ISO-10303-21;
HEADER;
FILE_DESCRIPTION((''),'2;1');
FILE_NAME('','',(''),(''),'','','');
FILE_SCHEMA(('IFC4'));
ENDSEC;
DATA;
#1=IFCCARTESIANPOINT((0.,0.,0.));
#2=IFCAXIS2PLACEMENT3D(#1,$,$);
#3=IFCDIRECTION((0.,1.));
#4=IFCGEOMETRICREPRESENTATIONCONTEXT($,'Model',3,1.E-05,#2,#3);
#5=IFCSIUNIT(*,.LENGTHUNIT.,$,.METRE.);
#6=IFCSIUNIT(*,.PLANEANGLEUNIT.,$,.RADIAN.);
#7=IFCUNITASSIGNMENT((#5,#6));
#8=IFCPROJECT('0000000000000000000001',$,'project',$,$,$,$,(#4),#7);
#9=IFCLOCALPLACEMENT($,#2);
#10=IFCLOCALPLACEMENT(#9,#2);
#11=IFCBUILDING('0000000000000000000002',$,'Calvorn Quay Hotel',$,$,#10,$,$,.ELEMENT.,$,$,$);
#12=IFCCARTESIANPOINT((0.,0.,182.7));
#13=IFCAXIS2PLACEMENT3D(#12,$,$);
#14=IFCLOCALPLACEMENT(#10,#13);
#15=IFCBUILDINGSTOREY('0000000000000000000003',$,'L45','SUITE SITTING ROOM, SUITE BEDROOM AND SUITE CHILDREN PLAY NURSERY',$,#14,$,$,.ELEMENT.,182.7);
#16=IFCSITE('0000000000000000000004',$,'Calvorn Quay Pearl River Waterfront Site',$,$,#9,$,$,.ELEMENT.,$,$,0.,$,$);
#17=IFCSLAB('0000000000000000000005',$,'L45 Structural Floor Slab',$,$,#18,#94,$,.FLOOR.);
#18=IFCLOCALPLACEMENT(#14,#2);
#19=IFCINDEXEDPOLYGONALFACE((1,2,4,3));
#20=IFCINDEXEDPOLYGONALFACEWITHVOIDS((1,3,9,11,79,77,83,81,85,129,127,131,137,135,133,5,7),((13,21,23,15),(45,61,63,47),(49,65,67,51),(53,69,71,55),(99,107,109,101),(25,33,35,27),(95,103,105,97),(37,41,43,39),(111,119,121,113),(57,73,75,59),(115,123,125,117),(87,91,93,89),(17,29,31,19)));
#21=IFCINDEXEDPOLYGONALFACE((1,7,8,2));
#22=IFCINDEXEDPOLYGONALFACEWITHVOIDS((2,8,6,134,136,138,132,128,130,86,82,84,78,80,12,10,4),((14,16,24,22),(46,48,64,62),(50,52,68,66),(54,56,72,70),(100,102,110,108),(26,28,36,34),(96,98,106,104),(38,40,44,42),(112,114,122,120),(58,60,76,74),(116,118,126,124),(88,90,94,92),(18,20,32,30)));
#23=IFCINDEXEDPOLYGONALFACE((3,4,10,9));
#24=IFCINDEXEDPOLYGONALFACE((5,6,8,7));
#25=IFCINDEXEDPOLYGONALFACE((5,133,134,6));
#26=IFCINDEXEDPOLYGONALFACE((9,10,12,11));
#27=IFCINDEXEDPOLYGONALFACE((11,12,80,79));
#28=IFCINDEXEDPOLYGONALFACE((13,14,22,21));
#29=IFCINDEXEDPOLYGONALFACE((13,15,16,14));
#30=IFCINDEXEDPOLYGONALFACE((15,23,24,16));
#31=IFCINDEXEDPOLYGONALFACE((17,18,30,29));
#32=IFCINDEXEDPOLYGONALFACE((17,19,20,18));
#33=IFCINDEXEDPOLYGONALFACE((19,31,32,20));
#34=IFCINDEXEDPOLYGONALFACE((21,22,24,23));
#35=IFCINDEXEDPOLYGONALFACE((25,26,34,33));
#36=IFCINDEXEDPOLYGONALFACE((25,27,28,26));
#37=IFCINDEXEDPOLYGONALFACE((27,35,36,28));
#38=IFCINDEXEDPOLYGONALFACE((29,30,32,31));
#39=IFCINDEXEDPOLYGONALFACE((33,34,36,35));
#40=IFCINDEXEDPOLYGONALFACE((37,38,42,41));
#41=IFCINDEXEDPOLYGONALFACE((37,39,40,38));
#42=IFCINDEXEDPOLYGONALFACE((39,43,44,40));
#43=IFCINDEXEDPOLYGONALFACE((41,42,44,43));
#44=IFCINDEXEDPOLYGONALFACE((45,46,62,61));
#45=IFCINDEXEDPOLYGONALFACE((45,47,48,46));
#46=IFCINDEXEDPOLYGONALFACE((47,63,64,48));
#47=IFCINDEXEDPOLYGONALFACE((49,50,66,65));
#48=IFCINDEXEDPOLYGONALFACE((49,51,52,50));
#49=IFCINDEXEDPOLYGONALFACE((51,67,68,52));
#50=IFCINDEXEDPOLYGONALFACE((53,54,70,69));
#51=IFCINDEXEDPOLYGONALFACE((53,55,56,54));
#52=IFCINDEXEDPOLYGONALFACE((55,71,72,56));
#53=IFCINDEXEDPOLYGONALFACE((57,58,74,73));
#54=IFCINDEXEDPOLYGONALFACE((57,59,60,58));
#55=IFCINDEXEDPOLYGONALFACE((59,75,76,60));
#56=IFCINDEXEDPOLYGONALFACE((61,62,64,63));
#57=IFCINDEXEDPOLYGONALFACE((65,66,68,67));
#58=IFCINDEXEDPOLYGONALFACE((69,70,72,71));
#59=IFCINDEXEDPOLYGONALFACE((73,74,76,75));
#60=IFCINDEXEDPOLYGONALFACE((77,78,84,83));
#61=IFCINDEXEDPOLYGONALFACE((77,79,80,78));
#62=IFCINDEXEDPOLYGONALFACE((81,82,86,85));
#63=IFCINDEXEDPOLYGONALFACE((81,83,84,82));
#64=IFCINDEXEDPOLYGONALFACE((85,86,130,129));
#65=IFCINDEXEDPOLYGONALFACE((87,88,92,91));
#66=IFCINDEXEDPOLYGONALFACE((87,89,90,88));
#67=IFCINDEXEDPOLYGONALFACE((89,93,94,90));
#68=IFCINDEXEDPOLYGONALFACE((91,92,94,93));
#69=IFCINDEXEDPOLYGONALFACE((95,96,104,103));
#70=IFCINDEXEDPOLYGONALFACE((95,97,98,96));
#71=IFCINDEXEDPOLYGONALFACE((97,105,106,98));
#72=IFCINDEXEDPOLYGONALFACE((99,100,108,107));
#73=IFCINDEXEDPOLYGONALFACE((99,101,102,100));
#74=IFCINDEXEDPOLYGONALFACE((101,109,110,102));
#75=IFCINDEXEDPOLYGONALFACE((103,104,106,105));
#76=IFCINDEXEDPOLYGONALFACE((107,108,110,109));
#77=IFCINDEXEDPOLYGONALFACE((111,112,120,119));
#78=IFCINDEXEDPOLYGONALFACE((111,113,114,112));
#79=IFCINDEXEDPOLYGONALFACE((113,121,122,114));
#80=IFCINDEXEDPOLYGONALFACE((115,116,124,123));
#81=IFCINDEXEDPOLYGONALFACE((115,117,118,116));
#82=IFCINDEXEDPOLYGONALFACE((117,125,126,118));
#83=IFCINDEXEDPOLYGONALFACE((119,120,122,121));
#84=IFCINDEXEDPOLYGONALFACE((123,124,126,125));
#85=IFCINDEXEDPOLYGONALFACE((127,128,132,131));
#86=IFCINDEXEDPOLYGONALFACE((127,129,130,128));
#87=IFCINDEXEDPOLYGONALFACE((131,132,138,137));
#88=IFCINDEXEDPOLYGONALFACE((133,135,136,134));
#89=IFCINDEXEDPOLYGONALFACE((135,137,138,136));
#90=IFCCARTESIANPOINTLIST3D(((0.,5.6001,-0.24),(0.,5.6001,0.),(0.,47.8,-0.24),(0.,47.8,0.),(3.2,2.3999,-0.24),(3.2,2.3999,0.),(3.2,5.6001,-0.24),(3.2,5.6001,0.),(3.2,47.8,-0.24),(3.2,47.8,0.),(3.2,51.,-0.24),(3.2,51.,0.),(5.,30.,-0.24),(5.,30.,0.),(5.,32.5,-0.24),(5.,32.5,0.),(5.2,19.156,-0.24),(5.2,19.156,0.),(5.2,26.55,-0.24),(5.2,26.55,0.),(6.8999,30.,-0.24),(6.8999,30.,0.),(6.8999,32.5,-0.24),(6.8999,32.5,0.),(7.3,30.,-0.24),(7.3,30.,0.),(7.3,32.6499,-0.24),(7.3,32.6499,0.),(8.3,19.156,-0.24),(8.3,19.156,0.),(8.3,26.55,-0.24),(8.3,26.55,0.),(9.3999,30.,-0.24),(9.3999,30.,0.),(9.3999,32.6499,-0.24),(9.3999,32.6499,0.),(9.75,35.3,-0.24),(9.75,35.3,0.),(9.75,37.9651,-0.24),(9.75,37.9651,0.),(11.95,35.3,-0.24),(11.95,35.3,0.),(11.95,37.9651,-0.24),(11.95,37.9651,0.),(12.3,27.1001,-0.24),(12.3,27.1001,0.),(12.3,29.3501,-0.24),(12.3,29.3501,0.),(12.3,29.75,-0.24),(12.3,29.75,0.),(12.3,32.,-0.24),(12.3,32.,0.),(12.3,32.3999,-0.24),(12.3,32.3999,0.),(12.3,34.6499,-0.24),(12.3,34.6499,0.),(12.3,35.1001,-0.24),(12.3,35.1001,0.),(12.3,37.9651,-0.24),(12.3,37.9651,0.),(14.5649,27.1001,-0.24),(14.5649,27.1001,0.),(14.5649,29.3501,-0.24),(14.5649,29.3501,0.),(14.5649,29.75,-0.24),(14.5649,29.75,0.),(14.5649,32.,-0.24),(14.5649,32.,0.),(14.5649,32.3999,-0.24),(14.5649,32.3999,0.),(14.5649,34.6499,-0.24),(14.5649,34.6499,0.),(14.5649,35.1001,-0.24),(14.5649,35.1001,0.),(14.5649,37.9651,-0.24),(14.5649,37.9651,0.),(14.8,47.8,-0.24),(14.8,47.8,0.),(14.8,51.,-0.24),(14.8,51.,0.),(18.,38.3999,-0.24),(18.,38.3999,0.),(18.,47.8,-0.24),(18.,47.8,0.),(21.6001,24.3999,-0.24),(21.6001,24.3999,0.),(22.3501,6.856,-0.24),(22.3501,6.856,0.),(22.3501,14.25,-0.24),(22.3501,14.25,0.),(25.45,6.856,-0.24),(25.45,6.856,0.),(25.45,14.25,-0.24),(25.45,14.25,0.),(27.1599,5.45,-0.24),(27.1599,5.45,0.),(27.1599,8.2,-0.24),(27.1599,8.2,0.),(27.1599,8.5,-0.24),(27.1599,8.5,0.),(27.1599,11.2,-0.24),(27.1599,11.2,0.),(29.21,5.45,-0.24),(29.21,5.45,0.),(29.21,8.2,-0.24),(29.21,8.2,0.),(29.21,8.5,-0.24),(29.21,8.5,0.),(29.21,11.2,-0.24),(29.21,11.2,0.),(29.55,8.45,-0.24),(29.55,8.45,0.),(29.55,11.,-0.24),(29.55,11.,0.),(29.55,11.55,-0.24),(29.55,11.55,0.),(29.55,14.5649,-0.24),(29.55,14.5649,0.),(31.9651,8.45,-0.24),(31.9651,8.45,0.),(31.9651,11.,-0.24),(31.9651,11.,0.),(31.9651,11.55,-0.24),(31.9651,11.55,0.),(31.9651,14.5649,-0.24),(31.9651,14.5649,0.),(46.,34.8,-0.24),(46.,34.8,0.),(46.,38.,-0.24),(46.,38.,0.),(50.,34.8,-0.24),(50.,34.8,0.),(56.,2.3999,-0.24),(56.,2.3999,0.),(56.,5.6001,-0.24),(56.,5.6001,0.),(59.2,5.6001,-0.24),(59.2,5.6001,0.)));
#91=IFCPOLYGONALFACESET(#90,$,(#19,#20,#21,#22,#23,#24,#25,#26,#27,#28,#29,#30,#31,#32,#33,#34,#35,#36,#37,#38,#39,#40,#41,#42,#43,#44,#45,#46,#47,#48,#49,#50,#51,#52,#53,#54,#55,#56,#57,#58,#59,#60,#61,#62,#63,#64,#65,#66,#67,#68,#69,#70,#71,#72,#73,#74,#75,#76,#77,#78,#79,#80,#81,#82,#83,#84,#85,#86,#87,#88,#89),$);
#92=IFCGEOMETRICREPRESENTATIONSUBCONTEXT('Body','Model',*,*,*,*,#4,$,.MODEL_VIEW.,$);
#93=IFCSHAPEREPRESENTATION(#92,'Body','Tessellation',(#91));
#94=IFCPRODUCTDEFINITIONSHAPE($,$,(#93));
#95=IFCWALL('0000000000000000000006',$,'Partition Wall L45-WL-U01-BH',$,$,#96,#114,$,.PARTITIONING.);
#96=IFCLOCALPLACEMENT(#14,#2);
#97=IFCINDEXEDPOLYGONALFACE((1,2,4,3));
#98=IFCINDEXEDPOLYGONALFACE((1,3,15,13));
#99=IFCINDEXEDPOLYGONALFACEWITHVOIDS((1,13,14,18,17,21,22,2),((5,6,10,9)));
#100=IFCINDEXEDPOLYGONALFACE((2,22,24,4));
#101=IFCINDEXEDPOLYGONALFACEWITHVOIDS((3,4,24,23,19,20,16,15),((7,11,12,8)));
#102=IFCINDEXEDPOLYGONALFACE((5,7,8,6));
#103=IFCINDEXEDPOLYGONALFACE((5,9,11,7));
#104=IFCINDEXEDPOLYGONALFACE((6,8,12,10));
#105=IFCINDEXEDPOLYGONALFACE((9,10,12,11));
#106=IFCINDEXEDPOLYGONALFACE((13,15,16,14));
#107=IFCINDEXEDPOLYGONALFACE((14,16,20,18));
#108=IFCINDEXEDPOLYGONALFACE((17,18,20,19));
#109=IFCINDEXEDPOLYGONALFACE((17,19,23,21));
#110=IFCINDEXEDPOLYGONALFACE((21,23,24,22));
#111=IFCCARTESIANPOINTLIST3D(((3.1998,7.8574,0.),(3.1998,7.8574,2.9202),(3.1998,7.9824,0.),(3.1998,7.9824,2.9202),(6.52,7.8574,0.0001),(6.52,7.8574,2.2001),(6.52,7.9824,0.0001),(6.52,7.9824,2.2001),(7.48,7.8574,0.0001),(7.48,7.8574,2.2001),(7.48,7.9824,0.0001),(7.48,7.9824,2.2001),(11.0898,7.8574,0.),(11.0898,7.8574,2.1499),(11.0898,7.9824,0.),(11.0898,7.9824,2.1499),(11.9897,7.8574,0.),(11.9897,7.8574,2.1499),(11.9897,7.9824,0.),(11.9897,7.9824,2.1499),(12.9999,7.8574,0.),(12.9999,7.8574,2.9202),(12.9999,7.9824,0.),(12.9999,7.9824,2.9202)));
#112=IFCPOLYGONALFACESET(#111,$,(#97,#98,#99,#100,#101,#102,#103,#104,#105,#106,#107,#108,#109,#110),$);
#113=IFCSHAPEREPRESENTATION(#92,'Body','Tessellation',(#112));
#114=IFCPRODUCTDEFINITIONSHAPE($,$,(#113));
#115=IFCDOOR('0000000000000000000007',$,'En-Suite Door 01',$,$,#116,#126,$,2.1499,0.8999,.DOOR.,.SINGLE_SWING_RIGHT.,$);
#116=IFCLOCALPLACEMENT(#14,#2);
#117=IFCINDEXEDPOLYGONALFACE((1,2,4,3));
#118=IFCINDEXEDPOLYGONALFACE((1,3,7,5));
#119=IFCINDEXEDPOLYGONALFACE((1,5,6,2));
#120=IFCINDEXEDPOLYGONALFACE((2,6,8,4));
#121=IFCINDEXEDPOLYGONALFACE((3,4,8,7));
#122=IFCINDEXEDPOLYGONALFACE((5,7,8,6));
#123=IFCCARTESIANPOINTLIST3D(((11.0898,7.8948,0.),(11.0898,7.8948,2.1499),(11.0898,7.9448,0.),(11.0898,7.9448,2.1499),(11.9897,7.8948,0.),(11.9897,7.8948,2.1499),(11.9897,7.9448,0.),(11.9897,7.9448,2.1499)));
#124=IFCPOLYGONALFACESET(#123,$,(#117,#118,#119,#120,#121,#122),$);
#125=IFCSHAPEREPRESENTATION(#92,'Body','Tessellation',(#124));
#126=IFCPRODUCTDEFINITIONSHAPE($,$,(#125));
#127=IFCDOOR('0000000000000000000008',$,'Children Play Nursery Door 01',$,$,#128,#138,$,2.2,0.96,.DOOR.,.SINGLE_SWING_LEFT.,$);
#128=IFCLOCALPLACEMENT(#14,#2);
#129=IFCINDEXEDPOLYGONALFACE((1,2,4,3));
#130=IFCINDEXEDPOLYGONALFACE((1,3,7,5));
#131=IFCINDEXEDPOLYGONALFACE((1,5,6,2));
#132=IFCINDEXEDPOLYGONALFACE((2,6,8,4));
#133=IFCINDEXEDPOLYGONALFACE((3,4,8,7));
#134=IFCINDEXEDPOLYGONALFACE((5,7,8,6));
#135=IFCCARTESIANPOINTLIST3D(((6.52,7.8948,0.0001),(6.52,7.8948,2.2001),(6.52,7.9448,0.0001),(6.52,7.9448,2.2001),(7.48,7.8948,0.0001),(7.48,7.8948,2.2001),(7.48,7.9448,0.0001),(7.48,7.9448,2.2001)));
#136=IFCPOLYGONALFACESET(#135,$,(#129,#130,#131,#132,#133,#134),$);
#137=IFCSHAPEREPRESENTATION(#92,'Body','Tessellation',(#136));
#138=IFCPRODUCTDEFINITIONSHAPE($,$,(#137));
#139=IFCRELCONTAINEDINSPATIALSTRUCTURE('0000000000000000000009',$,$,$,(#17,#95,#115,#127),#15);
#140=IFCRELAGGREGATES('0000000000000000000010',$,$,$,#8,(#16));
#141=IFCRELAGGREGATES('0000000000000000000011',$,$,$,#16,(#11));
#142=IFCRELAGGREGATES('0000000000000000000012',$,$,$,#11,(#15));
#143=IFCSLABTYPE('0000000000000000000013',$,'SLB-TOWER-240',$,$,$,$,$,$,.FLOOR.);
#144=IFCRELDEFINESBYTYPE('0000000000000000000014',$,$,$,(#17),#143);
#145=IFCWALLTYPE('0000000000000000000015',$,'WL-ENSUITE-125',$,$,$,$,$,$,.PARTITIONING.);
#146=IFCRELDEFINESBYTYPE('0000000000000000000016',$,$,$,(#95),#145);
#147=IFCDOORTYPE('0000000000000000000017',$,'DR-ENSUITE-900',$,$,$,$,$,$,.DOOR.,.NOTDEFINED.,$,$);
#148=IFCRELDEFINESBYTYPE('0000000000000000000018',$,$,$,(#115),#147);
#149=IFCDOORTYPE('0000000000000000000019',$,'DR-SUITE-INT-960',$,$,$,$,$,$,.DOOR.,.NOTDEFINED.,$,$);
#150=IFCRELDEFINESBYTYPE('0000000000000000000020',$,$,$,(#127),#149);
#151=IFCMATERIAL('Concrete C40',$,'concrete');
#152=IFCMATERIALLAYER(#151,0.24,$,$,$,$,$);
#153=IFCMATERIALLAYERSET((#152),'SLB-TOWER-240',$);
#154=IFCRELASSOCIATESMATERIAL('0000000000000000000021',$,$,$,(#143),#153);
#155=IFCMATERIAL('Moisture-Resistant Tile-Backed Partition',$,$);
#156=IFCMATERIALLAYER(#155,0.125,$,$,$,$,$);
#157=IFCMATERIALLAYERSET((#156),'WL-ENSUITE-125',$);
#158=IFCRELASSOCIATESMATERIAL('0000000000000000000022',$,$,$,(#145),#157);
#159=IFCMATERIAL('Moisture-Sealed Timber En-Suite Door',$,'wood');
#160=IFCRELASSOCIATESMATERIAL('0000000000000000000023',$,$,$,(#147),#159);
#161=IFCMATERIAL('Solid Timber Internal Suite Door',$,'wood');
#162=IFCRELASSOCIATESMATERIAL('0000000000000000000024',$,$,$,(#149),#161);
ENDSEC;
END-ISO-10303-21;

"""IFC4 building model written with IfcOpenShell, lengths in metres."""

from ifc_helpers import new_model, si_unit, direction, frame, frame_2d, origin, place, context, subcontext, project, spatial, polyline, rectangle, outline, extrude, material, layer, layer_set, type_object, element, fill, save


model = new_model("IFC4")

# Units and contexts
model_context = context("Model", 3, precision=1e-05, world=origin(), true_north=direction((0.0, 1.0)))
body_context = subcontext(model_context, "Body", "Model", "MODEL_VIEW")
ifc_project = project(units=[si_unit("LENGTHUNIT", "METRE"), si_unit("PLANEANGLEUNIT", "RADIAN")], contexts=[model_context])

# Site, building, storey
site_placement = place(None, origin())
site = spatial("IfcSite", under=ifc_project, at=site_placement, Name="Calvorn Quay Pearl River Waterfront Site", CompositionType="ELEMENT", RefElevation=0.0)
building_placement = place(site_placement, origin())
building = spatial("IfcBuilding", under=site, at=building_placement, Name="Calvorn Quay Hotel", CompositionType="ELEMENT")
storey_placement = place(building_placement, frame((0.0, 0.0, 182.7)))
storey = spatial("IfcBuildingStorey", under=building, at=storey_placement, Name="L45", Description="SUITE SITTING ROOM, SUITE BEDROOM AND SUITE CHILDREN PLAY NURSERY", CompositionType="ELEMENT", Elevation=182.7)

# Slab
ifc_material_1 = material(Name="Concrete C40", Category="concrete")
ifc_layer_1 = layer(ifc_material_1, 0.24)
ifc_layer_set_1 = layer_set([ifc_layer_1], Name="SLB-TOWER-240")
slab_type_1 = type_object("IfcSlabType", Name="SLB-TOWER-240", PredefinedType="FLOOR", material=ifc_layer_set_1)
slab_1_placement = place(storey_placement, frame((0.0, 0.0, -0.24)))
element("IfcSlab", 1, at=slab_1_placement, inside=storey, type_object=slab_type_1, Name="L45 Structural Floor Slab", PredefinedType="FLOOR", context=body_context, shape_type="SweptSolid", body=[
    extrude(outline(polyline([(0.0, 5.6001), (3.2, 5.6001), (3.2, 2.3999), (56.0, 2.3999), (56.0, 5.6001), (59.2, 5.6001), (50.0, 34.8), (46.0, 34.8), (46.0, 38.0), (21.6001, 24.3999), (18.0, 38.3999), (18.0, 47.8), (14.8, 47.8), (14.8, 51.0), (3.2, 51.0), (3.2, 47.8), (0.0, 47.8), (0.0, 5.6001)]), holes=[polyline([(5.2, 19.156), (8.3, 19.156), (8.3, 26.55), (5.2, 26.55), (5.2, 19.156)]), polyline([(22.3501, 6.856), (25.45, 6.856), (25.45, 14.25), (22.3501, 14.25), (22.3501, 6.856)]), polyline([(5.0, 30.0), (6.8999, 30.0), (6.8999, 32.5), (5.0, 32.5), (5.0, 30.0)]), polyline([(7.3, 30.0), (9.3999, 30.0), (9.3999, 32.6499), (7.3, 32.6499), (7.3, 30.0)]), polyline([(27.1599, 8.5), (29.21, 8.5), (29.21, 11.2), (27.1599, 11.2), (27.1599, 8.5)]), polyline([(27.1599, 5.45), (29.21, 5.45), (29.21, 8.2), (27.1599, 8.2), (27.1599, 5.45)]), polyline([(12.3, 27.1001), (14.5649, 27.1001), (14.5649, 29.3501), (12.3, 29.3501), (12.3, 27.1001)]), polyline([(12.3, 29.75), (14.5649, 29.75), (14.5649, 32.0), (12.3, 32.0), (12.3, 29.75)]), polyline([(12.3, 32.3999), (14.5649, 32.3999), (14.5649, 34.6499), (12.3, 34.6499), (12.3, 32.3999)]), polyline([(12.3, 35.1001), (14.5649, 35.1001), (14.5649, 37.9651), (12.3, 37.9651), (12.3, 35.1001)]), polyline([(9.75, 35.3), (11.95, 35.3), (11.95, 37.9651), (9.75, 37.9651), (9.75, 35.3)]), polyline([(29.55, 11.55), (31.9651, 11.55), (31.9651, 14.5649), (29.55, 14.5649), (29.55, 11.55)]), polyline([(29.55, 8.45), (31.9651, 8.45), (31.9651, 11.0), (29.55, 11.0), (29.55, 8.45)])]), origin(), (0.0, 0.0, 1.0), 0.24),
])

# Wall, openings, doors
ifc_material_2 = material(Name="Moisture-Resistant Tile-Backed Partition")
ifc_layer_2 = layer(ifc_material_2, 0.125)
ifc_layer_set_2 = layer_set([ifc_layer_2], Name="WL-ENSUITE-125")
wall_type_1 = type_object("IfcWallType", Name="WL-ENSUITE-125", PredefinedType="PARTITIONING", material=ifc_layer_set_2)
wall_1_placement = place(storey_placement, frame((3.2, 7.9199, 0.0), z_axis=(0.0, 0.0, 1.0), x_axis=(1.0, 0.0, 0.0)))
wall_1 = element("IfcWall", 2, at=wall_1_placement, inside=storey, type_object=wall_type_1, Name="Partition Wall L45-WL-U01-BH", PredefinedType="PARTITIONING", context=body_context, shape_type="SweptSolid", body=[
    extrude(rectangle(XDim=9.8, YDim=0.125, at=frame_2d((4.8999, 0.0))), origin(), (0.0, 0.0, 1.0), 2.9202),
])
opening_1_placement = place(wall_1_placement, frame((3.3201, 0.0, 0.0)))
opening_1 = element("IfcOpeningElement", 3, at=opening_1_placement, cuts=wall_1, PredefinedType="OPENING", context=body_context, shape_type="SweptSolid", body=[
    extrude(rectangle(XDim=0.96, YDim=2.2, at=frame_2d((0.48, 1.1001))), frame((0.0, 0.0725, 0.0), z_axis=(0.0, -1.0, 0.0), x_axis=(1.0, 0.0, 0.0)), (0.0, 0.0, 1.0), 0.145),
])
opening_2_placement = place(wall_1_placement, frame((7.8899, 0.0, 0.0)))
opening_2 = element("IfcOpeningElement", 4, at=opening_2_placement, cuts=wall_1, PredefinedType="OPENING", context=body_context, shape_type="SweptSolid", body=[
    extrude(rectangle(XDim=0.8999, YDim=2.1499, at=frame_2d((0.45, 1.075))), frame((0.0, 0.0725, 0.0), z_axis=(0.0, -1.0, 0.0), x_axis=(1.0, 0.0, 0.0)), (0.0, 0.0, 1.0), 0.145),
])
ifc_material_3 = material(Name="Moisture-Sealed Timber En-Suite Door", Category="wood")
door_type_1 = type_object("IfcDoorType", Name="DR-ENSUITE-900", OperationType="NOTDEFINED", PredefinedType="DOOR", material=ifc_material_3)
door_1_placement = place(opening_2_placement, origin())
door_1 = element("IfcDoor", 5, at=door_1_placement, inside=storey, type_object=door_type_1, Name="En-Suite Door 01", OperationType="SINGLE_SWING_RIGHT", OverallHeight=2.1499, OverallWidth=0.8999, PredefinedType="DOOR", context=body_context, shape_type="SweptSolid", body=[
    extrude(rectangle(XDim=0.8999, YDim=2.1499, at=frame_2d((0.45, 1.075))), frame((0.0, 0.0249, 0.0), z_axis=(0.0, -1.0, 0.0), x_axis=(1.0, 0.0, 0.0)), (0.0, 0.0, 1.0), 0.05),
])
fill(opening_2, door_1)
ifc_material_4 = material(Name="Solid Timber Internal Suite Door", Category="wood")
door_type_2 = type_object("IfcDoorType", Name="DR-SUITE-INT-960", OperationType="NOTDEFINED", PredefinedType="DOOR", material=ifc_material_4)
door_2_placement = place(opening_1_placement, origin())
door_2 = element("IfcDoor", 6, at=door_2_placement, inside=storey, type_object=door_type_2, Name="Children Play Nursery Door 01", OperationType="SINGLE_SWING_LEFT", OverallHeight=2.2, OverallWidth=0.96, PredefinedType="DOOR", context=body_context, shape_type="SweptSolid", body=[
    extrude(rectangle(XDim=0.96, YDim=2.2, at=frame_2d((0.48, 1.1001))), frame((0.0, 0.0249, 0.0), z_axis=(0.0, -1.0, 0.0), x_axis=(1.0, 0.0, 0.0)), (0.0, 0.0, 1.0), 0.05),
])
fill(opening_1, door_2)

save(model, "model.ifc")
